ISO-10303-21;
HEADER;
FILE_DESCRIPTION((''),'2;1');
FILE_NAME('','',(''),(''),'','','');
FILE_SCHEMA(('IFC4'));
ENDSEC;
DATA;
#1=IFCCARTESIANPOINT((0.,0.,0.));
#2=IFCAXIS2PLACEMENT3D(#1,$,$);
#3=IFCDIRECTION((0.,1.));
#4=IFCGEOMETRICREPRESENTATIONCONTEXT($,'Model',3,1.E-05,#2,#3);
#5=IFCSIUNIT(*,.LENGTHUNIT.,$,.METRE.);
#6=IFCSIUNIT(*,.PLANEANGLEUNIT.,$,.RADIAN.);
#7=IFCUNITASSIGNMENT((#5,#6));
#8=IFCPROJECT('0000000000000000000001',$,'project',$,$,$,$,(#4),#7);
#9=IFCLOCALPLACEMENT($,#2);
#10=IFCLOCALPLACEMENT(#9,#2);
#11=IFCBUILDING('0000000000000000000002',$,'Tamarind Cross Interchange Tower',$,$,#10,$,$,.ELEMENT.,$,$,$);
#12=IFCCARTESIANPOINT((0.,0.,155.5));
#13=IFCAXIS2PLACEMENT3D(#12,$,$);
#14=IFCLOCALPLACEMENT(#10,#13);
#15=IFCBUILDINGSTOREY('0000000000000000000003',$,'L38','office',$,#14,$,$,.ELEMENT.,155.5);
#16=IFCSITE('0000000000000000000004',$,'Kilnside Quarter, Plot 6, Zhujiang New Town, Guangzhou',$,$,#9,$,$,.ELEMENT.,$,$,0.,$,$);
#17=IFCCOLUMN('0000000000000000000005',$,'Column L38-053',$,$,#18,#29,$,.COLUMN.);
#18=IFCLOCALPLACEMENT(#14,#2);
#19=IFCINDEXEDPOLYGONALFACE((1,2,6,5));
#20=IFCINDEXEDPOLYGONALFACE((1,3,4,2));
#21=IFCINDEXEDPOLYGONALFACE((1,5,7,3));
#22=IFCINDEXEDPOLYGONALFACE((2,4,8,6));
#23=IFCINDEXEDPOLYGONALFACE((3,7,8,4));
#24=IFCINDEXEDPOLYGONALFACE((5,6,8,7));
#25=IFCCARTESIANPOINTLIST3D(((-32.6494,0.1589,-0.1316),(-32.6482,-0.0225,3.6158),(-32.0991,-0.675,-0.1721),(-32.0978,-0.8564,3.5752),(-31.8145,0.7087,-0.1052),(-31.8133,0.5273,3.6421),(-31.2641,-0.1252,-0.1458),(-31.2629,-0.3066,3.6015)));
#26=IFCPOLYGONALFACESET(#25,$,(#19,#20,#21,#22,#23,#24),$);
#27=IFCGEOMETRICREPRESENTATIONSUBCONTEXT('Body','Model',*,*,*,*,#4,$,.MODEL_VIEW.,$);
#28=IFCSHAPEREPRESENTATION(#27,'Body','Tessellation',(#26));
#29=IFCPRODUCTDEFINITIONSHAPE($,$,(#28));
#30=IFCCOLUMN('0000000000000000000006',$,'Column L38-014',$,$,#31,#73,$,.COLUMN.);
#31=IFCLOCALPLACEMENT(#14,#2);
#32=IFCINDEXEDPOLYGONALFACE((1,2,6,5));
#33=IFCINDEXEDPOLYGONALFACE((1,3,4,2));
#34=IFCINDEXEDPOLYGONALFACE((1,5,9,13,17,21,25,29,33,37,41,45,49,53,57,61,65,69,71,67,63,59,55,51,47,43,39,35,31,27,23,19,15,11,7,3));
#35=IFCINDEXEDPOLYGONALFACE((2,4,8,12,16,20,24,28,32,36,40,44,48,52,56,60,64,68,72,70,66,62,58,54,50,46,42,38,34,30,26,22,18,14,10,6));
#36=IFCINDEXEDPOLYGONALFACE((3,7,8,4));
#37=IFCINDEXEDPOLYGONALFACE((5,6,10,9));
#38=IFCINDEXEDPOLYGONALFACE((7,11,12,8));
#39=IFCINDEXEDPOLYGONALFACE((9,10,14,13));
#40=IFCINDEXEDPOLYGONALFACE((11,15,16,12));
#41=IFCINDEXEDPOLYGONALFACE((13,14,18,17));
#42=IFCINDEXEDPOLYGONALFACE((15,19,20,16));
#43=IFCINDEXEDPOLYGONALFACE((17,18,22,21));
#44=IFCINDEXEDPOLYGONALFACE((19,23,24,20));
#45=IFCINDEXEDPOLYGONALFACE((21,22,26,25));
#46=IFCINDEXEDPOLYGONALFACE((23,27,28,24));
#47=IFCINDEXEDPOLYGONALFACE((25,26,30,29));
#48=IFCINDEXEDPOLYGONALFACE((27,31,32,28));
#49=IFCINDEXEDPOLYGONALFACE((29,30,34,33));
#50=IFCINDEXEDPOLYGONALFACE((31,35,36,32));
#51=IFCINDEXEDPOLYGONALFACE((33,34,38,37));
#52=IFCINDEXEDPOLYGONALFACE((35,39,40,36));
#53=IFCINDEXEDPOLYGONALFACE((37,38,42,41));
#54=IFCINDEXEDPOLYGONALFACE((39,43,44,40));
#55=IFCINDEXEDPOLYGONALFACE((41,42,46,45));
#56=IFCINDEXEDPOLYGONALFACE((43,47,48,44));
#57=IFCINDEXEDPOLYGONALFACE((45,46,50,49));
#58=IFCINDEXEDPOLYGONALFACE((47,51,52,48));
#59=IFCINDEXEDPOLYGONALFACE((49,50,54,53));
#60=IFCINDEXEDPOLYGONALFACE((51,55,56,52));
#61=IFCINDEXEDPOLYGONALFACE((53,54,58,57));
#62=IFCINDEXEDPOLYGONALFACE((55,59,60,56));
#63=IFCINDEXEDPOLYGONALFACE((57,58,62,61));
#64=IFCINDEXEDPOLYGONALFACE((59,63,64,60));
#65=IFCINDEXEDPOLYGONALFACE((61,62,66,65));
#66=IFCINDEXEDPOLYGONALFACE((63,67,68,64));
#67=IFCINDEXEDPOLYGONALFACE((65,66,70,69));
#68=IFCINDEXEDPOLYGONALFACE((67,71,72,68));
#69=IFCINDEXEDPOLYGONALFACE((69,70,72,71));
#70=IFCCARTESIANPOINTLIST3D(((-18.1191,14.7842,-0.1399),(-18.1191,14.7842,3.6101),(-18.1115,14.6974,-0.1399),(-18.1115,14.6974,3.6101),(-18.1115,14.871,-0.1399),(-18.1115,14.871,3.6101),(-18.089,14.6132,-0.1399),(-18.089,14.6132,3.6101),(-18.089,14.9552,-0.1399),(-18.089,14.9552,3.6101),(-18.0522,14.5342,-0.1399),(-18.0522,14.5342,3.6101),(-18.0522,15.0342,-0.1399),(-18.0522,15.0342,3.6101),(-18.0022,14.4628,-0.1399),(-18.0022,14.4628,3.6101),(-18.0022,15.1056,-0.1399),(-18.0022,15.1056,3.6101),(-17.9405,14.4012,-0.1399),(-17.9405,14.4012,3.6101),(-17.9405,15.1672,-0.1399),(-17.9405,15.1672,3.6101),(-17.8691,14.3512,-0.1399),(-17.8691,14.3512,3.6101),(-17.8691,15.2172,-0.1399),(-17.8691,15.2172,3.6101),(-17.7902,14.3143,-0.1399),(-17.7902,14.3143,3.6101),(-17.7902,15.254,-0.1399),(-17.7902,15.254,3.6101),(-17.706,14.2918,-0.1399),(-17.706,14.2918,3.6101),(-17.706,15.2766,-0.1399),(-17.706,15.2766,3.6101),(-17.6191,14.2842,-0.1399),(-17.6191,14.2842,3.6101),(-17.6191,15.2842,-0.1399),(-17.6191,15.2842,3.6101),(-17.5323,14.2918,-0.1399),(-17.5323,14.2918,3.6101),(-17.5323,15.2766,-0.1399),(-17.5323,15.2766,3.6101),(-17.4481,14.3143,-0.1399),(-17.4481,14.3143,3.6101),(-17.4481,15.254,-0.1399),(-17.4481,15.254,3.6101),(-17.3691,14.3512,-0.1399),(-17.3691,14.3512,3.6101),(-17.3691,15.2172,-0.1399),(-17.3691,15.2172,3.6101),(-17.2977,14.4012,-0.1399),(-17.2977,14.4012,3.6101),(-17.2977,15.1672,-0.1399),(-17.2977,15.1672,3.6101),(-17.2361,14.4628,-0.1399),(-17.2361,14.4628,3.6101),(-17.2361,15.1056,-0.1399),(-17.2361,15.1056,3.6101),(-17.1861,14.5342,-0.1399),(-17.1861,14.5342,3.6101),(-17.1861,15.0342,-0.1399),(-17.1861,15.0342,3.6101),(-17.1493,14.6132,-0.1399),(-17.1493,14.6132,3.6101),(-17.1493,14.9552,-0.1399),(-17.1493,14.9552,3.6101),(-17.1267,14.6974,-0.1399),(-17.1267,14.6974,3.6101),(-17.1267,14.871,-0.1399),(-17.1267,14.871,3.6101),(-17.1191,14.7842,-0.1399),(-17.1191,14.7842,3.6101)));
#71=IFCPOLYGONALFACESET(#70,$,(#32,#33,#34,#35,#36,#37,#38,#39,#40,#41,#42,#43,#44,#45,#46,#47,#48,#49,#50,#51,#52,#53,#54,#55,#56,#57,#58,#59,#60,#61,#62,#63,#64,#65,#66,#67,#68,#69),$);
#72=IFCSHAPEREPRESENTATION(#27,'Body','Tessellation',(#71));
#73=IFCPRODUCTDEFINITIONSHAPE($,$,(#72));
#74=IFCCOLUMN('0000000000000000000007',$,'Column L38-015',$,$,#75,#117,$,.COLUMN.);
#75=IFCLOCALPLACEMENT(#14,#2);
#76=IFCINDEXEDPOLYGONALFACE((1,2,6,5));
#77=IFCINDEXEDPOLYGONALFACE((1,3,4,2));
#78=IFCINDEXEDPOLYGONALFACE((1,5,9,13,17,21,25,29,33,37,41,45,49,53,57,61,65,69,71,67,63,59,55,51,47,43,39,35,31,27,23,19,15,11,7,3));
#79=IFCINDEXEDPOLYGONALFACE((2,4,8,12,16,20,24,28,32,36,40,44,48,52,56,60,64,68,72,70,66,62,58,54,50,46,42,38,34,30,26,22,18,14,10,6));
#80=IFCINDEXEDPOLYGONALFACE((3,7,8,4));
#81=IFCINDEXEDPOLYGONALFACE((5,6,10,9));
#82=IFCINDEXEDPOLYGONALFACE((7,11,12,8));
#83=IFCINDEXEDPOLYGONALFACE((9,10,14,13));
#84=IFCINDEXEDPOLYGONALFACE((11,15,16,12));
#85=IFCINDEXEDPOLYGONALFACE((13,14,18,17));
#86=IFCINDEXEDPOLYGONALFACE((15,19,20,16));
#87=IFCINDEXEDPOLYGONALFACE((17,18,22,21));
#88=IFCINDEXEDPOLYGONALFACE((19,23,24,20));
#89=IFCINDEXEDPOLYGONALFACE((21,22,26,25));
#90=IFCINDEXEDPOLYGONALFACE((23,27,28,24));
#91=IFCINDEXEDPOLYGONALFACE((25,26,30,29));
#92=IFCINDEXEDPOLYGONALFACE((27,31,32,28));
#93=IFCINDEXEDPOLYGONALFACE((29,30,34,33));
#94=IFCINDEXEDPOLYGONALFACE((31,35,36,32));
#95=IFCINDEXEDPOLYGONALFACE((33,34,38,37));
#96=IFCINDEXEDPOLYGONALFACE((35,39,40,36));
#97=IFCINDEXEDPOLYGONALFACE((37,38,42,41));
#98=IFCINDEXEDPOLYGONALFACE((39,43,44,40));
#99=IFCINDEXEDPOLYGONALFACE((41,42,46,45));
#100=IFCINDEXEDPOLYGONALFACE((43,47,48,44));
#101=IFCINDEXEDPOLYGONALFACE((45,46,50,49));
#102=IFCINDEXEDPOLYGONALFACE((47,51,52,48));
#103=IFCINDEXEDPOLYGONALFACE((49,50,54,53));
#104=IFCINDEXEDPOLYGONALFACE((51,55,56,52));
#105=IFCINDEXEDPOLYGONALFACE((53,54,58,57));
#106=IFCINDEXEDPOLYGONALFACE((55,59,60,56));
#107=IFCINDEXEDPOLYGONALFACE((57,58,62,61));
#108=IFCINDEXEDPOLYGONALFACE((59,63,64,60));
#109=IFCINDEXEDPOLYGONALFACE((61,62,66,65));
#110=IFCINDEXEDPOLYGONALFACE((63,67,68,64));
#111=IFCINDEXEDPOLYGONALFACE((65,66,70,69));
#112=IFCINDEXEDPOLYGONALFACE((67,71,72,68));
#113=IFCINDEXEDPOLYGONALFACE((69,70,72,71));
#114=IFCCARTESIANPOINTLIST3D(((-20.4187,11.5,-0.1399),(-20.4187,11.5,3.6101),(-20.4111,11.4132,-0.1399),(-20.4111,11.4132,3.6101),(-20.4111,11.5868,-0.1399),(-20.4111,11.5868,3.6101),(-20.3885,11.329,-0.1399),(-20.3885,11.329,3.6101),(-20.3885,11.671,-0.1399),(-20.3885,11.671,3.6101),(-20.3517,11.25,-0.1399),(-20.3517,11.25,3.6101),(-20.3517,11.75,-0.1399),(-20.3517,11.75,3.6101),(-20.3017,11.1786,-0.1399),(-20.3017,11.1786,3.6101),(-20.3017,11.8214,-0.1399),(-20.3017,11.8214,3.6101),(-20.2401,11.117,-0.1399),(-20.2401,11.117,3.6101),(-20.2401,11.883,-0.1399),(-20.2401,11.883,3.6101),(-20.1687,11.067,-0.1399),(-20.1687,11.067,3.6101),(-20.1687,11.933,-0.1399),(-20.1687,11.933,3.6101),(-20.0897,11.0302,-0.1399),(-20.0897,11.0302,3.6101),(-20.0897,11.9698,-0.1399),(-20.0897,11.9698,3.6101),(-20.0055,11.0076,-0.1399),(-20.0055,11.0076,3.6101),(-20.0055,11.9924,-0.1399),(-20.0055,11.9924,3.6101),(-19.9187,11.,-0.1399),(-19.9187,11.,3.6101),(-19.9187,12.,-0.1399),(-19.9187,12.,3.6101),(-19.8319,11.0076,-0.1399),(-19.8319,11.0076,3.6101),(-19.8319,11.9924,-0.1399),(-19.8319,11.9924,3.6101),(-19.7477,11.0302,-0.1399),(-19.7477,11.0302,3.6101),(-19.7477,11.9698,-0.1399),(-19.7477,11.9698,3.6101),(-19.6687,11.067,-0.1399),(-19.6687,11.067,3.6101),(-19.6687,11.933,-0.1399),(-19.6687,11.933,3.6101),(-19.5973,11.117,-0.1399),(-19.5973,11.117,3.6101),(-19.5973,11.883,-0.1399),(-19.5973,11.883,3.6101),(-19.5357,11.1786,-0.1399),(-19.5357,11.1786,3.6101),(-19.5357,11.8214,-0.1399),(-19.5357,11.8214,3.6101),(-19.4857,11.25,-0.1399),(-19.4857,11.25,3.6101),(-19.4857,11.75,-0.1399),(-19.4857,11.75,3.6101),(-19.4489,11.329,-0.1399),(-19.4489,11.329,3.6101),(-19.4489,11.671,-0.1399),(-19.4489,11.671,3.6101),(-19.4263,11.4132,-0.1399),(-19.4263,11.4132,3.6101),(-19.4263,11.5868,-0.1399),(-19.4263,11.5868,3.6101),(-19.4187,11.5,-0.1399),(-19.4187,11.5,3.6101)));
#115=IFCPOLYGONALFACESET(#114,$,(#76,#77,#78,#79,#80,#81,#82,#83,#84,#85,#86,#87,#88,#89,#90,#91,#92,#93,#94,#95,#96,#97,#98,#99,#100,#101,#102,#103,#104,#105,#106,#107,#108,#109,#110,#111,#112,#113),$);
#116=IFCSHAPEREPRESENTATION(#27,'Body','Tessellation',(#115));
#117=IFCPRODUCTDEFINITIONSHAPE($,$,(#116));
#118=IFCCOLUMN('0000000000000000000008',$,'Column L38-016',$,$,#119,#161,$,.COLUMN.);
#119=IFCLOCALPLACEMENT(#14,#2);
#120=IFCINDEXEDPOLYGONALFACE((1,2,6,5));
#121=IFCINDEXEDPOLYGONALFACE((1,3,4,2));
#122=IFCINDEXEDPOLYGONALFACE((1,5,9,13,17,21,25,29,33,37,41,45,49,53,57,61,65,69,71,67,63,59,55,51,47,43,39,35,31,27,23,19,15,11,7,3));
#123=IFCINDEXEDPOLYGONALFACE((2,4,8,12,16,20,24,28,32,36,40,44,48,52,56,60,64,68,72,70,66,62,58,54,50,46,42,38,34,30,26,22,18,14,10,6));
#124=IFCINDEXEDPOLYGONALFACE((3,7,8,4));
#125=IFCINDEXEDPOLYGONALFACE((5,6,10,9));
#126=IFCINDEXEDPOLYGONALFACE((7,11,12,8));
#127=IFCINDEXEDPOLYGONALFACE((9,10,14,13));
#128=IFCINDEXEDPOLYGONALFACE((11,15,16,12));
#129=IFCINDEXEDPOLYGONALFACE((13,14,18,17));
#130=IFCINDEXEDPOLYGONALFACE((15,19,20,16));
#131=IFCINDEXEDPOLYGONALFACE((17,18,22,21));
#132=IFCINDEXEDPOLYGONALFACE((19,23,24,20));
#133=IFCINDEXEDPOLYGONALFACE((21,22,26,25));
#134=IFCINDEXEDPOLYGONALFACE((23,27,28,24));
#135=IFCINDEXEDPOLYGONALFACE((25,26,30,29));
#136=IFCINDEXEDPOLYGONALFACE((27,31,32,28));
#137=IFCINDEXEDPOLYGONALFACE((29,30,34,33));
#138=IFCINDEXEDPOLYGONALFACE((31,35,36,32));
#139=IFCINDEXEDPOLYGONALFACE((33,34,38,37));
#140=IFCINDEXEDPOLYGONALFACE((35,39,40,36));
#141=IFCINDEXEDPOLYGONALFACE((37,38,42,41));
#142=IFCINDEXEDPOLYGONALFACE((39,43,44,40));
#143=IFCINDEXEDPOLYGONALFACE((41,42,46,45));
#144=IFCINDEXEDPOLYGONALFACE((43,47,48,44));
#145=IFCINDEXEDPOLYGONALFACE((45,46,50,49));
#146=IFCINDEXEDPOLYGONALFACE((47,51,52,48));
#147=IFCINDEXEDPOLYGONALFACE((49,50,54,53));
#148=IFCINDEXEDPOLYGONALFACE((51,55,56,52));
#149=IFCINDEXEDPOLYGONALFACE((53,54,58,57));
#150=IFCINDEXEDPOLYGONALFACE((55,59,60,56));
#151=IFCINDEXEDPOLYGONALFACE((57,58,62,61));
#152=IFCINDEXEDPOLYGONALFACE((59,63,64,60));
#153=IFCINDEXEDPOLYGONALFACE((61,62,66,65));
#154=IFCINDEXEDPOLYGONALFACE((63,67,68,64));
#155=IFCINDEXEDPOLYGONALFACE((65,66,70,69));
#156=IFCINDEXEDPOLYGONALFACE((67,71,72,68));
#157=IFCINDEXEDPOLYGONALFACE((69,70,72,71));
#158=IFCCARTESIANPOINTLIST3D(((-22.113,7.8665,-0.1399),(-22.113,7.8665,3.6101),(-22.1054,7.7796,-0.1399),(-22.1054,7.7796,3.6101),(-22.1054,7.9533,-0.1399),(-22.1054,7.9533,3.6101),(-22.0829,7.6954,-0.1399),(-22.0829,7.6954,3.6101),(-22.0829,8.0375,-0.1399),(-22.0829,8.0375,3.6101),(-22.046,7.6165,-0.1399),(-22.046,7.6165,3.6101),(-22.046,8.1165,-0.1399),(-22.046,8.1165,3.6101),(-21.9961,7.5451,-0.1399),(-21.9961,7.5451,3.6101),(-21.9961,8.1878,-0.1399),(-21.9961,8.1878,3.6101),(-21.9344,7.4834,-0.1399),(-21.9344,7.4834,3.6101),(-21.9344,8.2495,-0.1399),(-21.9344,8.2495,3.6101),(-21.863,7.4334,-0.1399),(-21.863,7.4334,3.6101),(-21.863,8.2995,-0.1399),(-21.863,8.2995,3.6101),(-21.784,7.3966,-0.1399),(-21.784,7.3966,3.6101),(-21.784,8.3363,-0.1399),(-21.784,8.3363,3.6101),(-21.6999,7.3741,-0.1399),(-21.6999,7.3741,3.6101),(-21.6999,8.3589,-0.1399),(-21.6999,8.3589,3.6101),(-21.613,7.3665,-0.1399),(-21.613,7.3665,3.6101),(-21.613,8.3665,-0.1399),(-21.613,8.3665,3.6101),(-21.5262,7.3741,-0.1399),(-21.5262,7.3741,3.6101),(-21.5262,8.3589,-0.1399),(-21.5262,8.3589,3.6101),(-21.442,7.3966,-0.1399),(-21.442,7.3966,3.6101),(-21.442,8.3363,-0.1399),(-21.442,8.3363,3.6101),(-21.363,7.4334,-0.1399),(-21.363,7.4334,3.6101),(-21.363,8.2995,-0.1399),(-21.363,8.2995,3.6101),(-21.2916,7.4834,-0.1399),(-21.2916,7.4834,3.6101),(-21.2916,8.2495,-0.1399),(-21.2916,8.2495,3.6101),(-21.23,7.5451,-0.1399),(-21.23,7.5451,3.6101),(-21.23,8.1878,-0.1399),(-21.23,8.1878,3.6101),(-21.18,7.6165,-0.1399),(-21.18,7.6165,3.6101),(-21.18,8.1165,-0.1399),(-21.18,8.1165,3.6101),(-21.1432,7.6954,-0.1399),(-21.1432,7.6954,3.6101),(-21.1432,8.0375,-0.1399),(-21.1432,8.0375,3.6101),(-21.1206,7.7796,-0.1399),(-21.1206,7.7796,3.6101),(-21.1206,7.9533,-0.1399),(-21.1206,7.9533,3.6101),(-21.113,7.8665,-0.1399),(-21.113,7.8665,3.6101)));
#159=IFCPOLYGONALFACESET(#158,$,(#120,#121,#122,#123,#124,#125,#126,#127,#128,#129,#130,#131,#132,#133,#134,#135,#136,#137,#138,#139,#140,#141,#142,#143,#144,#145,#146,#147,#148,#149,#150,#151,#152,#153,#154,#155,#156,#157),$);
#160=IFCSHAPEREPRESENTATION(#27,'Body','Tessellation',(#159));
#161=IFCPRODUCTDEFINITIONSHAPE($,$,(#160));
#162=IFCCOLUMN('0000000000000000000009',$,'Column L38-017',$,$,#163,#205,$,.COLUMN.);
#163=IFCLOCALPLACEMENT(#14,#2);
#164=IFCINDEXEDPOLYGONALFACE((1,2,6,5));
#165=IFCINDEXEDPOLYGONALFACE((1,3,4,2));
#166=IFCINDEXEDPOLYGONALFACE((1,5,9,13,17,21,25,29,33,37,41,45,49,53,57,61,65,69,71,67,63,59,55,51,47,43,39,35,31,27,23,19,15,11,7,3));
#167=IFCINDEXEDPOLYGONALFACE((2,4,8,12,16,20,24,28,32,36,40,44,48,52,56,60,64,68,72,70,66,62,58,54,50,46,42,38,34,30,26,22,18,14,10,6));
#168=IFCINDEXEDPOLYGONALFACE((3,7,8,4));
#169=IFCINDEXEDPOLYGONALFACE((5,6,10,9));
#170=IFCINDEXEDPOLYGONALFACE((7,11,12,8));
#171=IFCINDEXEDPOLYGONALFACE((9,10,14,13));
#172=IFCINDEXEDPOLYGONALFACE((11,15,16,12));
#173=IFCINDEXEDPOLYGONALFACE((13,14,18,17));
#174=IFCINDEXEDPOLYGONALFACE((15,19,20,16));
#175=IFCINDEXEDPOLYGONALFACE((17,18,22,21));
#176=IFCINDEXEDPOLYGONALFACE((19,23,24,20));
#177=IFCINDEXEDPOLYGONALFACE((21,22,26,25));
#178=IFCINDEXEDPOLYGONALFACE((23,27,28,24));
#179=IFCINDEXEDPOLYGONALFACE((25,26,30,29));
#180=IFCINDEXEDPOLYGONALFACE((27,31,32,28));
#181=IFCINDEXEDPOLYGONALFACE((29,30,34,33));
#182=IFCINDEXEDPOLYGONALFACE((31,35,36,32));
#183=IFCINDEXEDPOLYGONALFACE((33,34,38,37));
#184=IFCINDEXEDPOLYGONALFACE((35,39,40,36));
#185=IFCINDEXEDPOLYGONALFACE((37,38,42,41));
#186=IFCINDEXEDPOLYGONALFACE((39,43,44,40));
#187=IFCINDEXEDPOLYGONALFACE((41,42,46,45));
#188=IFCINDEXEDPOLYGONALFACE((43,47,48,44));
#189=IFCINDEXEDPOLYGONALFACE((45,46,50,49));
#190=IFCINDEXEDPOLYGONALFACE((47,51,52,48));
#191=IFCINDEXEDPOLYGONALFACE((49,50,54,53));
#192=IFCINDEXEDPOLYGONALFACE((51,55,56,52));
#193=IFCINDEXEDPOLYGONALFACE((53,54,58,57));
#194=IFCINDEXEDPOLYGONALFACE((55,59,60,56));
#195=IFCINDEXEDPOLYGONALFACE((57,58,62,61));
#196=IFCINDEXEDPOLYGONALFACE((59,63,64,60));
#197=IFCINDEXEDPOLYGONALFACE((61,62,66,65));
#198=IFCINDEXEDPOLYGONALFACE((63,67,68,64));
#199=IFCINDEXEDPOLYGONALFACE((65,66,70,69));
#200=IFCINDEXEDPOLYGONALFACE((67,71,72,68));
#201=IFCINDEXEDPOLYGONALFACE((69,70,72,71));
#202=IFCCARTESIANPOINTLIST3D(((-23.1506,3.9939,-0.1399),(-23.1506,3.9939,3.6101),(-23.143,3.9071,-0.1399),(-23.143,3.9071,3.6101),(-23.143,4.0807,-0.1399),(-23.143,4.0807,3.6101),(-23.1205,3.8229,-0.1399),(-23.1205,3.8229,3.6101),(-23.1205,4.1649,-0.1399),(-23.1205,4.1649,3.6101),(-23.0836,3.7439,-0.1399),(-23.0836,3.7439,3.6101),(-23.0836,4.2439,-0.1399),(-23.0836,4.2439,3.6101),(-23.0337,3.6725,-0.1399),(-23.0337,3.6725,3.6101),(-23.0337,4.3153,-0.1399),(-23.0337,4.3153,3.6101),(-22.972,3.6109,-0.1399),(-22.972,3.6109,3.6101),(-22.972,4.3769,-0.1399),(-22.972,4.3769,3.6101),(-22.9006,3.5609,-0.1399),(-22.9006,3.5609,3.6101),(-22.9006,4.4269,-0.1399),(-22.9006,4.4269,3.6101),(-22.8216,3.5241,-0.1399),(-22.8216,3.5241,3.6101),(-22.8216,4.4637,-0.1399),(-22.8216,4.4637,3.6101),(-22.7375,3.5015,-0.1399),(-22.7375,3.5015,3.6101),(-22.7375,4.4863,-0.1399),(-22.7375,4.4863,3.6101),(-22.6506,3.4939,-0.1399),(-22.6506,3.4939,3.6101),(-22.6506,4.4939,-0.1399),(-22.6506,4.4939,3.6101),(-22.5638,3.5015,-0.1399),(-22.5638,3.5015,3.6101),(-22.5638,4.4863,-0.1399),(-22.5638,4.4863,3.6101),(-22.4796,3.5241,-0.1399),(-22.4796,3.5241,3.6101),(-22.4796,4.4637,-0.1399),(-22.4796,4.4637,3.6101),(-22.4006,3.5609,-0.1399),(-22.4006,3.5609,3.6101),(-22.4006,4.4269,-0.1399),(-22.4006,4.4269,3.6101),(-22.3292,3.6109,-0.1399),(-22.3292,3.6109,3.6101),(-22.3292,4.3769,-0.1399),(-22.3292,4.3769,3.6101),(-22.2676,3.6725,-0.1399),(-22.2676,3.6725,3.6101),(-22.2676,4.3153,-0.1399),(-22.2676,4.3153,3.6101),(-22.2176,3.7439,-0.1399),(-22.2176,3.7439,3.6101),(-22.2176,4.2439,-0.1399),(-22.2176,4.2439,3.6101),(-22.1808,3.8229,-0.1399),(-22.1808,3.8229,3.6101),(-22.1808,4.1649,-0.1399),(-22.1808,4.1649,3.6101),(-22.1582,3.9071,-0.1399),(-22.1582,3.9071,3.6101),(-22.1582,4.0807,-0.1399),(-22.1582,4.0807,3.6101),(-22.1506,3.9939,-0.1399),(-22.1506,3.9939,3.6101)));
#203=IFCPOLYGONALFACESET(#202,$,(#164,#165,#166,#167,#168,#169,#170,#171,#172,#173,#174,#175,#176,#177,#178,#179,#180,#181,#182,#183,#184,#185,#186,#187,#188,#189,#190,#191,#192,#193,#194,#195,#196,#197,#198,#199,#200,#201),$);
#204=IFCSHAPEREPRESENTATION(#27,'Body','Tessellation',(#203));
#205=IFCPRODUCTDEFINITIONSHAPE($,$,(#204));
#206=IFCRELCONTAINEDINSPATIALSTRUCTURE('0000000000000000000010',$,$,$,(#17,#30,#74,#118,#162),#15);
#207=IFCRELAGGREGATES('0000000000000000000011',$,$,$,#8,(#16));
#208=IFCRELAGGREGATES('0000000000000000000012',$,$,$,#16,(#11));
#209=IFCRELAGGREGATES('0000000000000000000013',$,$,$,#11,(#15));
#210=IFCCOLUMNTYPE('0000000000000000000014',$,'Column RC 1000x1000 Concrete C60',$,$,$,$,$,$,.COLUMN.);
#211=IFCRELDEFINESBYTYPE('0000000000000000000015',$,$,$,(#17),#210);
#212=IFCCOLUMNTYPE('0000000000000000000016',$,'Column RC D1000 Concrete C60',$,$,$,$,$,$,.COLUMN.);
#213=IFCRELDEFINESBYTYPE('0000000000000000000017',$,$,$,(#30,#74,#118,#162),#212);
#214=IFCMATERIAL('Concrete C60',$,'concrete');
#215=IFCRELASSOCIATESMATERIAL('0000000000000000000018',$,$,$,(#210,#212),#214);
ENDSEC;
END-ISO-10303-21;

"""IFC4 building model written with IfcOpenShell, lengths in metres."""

from ifc_helpers import new_model, si_unit, direction, frame, origin, origin_2d, place, context, subcontext, project, spatial, rectangle, circle, extrude, material, material_profile, profile_set, type_object, element, save


model = new_model("IFC4")

# Units and contexts
model_context = context("Model", 3, precision=1e-05, world=origin(), true_north=direction((0.0, 1.0)))
body_context = subcontext(model_context, "Body", "Model", "MODEL_VIEW")
ifc_project = project(units=[si_unit("LENGTHUNIT", "METRE"), si_unit("PLANEANGLEUNIT", "RADIAN")], contexts=[model_context])

# Site, building, storey
site_placement = place(None, origin())
site = spatial("IfcSite", under=ifc_project, at=site_placement, Name="Kilnside Quarter, Plot 6, Zhujiang New Town, Guangzhou", CompositionType="ELEMENT", RefElevation=0.0)
building_placement = place(site_placement, origin())
building = spatial("IfcBuilding", under=site, at=building_placement, Name="Tamarind Cross Interchange Tower", CompositionType="ELEMENT")
storey_placement = place(building_placement, frame((0.0, 0.0, 155.5)))
storey = spatial("IfcBuildingStorey", under=building, at=storey_placement, Name="L38", Description="office", CompositionType="ELEMENT", Elevation=155.5)

# Columns
ifc_material_1 = material(Name="Concrete C60", Category="concrete")
ifc_material_profile_1 = material_profile(ifc_material_1, rectangle(XDim=1.0, YDim=1.0, at=origin_2d()), Name="RC 1000x1000")
ifc_profile_set_1 = profile_set([ifc_material_profile_1], Name="Concrete C60")
column_type_1 = type_object("IfcColumnType", Name="Column RC 1000x1000 Concrete C60", PredefinedType="COLUMN", material=ifc_profile_set_1)
column_placement = place(storey_placement, frame((-31.9568, 0.0168, -0.1387), z_axis=(0.000325, -0.04835, 0.99883), x_axis=(0.834913, 0.549751, 0.02634)))
element("IfcColumn", 1, at=column_placement, inside=storey, type_object=column_type_1, Name="Column L38-053", PredefinedType="COLUMN", context=body_context, shape_type="SweptSolid", body=[
    extrude(rectangle(XDim=1.0, YDim=1.0, at=origin_2d()), origin(), (0.0, 0.0, 1.0), 3.7517),
])
ifc_material_profile_2 = material_profile(ifc_material_1, circle(Radius=0.5, at=origin_2d()), Name="RC D1000")
ifc_profile_set_2 = profile_set([ifc_material_profile_2], Name="Concrete C60")
column_type_2 = type_object("IfcColumnType", Name="Column RC D1000 Concrete C60", PredefinedType="COLUMN", material=ifc_profile_set_2)
for number, where, z_axis, x_axis, name in (
    (2, (-17.6191, 14.7842, -0.1399), (0.0, 0.0, 1.0), (1.0, 0.0, 0.0), "Column L38-014"),
    (3, (-19.9187, 11.5, -0.1399), (0.0, 0.0, 1.0), (1.0, 0.0, 0.0), "Column L38-015"),
    (4, (-21.613, 7.8665, -0.1399), (0.0, 0.0, 1.0), (1.0, 0.0, 0.0), "Column L38-016"),
    (5, (-22.6506, 3.9939, -0.1399), (0.0, 0.0, 1.0), (1.0, 0.0, 0.0), "Column L38-017"),
):
    element("IfcColumn", number, at=place(storey_placement, frame(where, z_axis=z_axis, x_axis=x_axis)), inside=storey, type_object=column_type_2, Name=name, PredefinedType="COLUMN", context=body_context, shape_type="SweptSolid", body=[
        extrude(circle(Radius=0.5, at=origin_2d()), origin(), (0.0, 0.0, 1.0), 3.75),
    ])

save(model, "model.ifc")
